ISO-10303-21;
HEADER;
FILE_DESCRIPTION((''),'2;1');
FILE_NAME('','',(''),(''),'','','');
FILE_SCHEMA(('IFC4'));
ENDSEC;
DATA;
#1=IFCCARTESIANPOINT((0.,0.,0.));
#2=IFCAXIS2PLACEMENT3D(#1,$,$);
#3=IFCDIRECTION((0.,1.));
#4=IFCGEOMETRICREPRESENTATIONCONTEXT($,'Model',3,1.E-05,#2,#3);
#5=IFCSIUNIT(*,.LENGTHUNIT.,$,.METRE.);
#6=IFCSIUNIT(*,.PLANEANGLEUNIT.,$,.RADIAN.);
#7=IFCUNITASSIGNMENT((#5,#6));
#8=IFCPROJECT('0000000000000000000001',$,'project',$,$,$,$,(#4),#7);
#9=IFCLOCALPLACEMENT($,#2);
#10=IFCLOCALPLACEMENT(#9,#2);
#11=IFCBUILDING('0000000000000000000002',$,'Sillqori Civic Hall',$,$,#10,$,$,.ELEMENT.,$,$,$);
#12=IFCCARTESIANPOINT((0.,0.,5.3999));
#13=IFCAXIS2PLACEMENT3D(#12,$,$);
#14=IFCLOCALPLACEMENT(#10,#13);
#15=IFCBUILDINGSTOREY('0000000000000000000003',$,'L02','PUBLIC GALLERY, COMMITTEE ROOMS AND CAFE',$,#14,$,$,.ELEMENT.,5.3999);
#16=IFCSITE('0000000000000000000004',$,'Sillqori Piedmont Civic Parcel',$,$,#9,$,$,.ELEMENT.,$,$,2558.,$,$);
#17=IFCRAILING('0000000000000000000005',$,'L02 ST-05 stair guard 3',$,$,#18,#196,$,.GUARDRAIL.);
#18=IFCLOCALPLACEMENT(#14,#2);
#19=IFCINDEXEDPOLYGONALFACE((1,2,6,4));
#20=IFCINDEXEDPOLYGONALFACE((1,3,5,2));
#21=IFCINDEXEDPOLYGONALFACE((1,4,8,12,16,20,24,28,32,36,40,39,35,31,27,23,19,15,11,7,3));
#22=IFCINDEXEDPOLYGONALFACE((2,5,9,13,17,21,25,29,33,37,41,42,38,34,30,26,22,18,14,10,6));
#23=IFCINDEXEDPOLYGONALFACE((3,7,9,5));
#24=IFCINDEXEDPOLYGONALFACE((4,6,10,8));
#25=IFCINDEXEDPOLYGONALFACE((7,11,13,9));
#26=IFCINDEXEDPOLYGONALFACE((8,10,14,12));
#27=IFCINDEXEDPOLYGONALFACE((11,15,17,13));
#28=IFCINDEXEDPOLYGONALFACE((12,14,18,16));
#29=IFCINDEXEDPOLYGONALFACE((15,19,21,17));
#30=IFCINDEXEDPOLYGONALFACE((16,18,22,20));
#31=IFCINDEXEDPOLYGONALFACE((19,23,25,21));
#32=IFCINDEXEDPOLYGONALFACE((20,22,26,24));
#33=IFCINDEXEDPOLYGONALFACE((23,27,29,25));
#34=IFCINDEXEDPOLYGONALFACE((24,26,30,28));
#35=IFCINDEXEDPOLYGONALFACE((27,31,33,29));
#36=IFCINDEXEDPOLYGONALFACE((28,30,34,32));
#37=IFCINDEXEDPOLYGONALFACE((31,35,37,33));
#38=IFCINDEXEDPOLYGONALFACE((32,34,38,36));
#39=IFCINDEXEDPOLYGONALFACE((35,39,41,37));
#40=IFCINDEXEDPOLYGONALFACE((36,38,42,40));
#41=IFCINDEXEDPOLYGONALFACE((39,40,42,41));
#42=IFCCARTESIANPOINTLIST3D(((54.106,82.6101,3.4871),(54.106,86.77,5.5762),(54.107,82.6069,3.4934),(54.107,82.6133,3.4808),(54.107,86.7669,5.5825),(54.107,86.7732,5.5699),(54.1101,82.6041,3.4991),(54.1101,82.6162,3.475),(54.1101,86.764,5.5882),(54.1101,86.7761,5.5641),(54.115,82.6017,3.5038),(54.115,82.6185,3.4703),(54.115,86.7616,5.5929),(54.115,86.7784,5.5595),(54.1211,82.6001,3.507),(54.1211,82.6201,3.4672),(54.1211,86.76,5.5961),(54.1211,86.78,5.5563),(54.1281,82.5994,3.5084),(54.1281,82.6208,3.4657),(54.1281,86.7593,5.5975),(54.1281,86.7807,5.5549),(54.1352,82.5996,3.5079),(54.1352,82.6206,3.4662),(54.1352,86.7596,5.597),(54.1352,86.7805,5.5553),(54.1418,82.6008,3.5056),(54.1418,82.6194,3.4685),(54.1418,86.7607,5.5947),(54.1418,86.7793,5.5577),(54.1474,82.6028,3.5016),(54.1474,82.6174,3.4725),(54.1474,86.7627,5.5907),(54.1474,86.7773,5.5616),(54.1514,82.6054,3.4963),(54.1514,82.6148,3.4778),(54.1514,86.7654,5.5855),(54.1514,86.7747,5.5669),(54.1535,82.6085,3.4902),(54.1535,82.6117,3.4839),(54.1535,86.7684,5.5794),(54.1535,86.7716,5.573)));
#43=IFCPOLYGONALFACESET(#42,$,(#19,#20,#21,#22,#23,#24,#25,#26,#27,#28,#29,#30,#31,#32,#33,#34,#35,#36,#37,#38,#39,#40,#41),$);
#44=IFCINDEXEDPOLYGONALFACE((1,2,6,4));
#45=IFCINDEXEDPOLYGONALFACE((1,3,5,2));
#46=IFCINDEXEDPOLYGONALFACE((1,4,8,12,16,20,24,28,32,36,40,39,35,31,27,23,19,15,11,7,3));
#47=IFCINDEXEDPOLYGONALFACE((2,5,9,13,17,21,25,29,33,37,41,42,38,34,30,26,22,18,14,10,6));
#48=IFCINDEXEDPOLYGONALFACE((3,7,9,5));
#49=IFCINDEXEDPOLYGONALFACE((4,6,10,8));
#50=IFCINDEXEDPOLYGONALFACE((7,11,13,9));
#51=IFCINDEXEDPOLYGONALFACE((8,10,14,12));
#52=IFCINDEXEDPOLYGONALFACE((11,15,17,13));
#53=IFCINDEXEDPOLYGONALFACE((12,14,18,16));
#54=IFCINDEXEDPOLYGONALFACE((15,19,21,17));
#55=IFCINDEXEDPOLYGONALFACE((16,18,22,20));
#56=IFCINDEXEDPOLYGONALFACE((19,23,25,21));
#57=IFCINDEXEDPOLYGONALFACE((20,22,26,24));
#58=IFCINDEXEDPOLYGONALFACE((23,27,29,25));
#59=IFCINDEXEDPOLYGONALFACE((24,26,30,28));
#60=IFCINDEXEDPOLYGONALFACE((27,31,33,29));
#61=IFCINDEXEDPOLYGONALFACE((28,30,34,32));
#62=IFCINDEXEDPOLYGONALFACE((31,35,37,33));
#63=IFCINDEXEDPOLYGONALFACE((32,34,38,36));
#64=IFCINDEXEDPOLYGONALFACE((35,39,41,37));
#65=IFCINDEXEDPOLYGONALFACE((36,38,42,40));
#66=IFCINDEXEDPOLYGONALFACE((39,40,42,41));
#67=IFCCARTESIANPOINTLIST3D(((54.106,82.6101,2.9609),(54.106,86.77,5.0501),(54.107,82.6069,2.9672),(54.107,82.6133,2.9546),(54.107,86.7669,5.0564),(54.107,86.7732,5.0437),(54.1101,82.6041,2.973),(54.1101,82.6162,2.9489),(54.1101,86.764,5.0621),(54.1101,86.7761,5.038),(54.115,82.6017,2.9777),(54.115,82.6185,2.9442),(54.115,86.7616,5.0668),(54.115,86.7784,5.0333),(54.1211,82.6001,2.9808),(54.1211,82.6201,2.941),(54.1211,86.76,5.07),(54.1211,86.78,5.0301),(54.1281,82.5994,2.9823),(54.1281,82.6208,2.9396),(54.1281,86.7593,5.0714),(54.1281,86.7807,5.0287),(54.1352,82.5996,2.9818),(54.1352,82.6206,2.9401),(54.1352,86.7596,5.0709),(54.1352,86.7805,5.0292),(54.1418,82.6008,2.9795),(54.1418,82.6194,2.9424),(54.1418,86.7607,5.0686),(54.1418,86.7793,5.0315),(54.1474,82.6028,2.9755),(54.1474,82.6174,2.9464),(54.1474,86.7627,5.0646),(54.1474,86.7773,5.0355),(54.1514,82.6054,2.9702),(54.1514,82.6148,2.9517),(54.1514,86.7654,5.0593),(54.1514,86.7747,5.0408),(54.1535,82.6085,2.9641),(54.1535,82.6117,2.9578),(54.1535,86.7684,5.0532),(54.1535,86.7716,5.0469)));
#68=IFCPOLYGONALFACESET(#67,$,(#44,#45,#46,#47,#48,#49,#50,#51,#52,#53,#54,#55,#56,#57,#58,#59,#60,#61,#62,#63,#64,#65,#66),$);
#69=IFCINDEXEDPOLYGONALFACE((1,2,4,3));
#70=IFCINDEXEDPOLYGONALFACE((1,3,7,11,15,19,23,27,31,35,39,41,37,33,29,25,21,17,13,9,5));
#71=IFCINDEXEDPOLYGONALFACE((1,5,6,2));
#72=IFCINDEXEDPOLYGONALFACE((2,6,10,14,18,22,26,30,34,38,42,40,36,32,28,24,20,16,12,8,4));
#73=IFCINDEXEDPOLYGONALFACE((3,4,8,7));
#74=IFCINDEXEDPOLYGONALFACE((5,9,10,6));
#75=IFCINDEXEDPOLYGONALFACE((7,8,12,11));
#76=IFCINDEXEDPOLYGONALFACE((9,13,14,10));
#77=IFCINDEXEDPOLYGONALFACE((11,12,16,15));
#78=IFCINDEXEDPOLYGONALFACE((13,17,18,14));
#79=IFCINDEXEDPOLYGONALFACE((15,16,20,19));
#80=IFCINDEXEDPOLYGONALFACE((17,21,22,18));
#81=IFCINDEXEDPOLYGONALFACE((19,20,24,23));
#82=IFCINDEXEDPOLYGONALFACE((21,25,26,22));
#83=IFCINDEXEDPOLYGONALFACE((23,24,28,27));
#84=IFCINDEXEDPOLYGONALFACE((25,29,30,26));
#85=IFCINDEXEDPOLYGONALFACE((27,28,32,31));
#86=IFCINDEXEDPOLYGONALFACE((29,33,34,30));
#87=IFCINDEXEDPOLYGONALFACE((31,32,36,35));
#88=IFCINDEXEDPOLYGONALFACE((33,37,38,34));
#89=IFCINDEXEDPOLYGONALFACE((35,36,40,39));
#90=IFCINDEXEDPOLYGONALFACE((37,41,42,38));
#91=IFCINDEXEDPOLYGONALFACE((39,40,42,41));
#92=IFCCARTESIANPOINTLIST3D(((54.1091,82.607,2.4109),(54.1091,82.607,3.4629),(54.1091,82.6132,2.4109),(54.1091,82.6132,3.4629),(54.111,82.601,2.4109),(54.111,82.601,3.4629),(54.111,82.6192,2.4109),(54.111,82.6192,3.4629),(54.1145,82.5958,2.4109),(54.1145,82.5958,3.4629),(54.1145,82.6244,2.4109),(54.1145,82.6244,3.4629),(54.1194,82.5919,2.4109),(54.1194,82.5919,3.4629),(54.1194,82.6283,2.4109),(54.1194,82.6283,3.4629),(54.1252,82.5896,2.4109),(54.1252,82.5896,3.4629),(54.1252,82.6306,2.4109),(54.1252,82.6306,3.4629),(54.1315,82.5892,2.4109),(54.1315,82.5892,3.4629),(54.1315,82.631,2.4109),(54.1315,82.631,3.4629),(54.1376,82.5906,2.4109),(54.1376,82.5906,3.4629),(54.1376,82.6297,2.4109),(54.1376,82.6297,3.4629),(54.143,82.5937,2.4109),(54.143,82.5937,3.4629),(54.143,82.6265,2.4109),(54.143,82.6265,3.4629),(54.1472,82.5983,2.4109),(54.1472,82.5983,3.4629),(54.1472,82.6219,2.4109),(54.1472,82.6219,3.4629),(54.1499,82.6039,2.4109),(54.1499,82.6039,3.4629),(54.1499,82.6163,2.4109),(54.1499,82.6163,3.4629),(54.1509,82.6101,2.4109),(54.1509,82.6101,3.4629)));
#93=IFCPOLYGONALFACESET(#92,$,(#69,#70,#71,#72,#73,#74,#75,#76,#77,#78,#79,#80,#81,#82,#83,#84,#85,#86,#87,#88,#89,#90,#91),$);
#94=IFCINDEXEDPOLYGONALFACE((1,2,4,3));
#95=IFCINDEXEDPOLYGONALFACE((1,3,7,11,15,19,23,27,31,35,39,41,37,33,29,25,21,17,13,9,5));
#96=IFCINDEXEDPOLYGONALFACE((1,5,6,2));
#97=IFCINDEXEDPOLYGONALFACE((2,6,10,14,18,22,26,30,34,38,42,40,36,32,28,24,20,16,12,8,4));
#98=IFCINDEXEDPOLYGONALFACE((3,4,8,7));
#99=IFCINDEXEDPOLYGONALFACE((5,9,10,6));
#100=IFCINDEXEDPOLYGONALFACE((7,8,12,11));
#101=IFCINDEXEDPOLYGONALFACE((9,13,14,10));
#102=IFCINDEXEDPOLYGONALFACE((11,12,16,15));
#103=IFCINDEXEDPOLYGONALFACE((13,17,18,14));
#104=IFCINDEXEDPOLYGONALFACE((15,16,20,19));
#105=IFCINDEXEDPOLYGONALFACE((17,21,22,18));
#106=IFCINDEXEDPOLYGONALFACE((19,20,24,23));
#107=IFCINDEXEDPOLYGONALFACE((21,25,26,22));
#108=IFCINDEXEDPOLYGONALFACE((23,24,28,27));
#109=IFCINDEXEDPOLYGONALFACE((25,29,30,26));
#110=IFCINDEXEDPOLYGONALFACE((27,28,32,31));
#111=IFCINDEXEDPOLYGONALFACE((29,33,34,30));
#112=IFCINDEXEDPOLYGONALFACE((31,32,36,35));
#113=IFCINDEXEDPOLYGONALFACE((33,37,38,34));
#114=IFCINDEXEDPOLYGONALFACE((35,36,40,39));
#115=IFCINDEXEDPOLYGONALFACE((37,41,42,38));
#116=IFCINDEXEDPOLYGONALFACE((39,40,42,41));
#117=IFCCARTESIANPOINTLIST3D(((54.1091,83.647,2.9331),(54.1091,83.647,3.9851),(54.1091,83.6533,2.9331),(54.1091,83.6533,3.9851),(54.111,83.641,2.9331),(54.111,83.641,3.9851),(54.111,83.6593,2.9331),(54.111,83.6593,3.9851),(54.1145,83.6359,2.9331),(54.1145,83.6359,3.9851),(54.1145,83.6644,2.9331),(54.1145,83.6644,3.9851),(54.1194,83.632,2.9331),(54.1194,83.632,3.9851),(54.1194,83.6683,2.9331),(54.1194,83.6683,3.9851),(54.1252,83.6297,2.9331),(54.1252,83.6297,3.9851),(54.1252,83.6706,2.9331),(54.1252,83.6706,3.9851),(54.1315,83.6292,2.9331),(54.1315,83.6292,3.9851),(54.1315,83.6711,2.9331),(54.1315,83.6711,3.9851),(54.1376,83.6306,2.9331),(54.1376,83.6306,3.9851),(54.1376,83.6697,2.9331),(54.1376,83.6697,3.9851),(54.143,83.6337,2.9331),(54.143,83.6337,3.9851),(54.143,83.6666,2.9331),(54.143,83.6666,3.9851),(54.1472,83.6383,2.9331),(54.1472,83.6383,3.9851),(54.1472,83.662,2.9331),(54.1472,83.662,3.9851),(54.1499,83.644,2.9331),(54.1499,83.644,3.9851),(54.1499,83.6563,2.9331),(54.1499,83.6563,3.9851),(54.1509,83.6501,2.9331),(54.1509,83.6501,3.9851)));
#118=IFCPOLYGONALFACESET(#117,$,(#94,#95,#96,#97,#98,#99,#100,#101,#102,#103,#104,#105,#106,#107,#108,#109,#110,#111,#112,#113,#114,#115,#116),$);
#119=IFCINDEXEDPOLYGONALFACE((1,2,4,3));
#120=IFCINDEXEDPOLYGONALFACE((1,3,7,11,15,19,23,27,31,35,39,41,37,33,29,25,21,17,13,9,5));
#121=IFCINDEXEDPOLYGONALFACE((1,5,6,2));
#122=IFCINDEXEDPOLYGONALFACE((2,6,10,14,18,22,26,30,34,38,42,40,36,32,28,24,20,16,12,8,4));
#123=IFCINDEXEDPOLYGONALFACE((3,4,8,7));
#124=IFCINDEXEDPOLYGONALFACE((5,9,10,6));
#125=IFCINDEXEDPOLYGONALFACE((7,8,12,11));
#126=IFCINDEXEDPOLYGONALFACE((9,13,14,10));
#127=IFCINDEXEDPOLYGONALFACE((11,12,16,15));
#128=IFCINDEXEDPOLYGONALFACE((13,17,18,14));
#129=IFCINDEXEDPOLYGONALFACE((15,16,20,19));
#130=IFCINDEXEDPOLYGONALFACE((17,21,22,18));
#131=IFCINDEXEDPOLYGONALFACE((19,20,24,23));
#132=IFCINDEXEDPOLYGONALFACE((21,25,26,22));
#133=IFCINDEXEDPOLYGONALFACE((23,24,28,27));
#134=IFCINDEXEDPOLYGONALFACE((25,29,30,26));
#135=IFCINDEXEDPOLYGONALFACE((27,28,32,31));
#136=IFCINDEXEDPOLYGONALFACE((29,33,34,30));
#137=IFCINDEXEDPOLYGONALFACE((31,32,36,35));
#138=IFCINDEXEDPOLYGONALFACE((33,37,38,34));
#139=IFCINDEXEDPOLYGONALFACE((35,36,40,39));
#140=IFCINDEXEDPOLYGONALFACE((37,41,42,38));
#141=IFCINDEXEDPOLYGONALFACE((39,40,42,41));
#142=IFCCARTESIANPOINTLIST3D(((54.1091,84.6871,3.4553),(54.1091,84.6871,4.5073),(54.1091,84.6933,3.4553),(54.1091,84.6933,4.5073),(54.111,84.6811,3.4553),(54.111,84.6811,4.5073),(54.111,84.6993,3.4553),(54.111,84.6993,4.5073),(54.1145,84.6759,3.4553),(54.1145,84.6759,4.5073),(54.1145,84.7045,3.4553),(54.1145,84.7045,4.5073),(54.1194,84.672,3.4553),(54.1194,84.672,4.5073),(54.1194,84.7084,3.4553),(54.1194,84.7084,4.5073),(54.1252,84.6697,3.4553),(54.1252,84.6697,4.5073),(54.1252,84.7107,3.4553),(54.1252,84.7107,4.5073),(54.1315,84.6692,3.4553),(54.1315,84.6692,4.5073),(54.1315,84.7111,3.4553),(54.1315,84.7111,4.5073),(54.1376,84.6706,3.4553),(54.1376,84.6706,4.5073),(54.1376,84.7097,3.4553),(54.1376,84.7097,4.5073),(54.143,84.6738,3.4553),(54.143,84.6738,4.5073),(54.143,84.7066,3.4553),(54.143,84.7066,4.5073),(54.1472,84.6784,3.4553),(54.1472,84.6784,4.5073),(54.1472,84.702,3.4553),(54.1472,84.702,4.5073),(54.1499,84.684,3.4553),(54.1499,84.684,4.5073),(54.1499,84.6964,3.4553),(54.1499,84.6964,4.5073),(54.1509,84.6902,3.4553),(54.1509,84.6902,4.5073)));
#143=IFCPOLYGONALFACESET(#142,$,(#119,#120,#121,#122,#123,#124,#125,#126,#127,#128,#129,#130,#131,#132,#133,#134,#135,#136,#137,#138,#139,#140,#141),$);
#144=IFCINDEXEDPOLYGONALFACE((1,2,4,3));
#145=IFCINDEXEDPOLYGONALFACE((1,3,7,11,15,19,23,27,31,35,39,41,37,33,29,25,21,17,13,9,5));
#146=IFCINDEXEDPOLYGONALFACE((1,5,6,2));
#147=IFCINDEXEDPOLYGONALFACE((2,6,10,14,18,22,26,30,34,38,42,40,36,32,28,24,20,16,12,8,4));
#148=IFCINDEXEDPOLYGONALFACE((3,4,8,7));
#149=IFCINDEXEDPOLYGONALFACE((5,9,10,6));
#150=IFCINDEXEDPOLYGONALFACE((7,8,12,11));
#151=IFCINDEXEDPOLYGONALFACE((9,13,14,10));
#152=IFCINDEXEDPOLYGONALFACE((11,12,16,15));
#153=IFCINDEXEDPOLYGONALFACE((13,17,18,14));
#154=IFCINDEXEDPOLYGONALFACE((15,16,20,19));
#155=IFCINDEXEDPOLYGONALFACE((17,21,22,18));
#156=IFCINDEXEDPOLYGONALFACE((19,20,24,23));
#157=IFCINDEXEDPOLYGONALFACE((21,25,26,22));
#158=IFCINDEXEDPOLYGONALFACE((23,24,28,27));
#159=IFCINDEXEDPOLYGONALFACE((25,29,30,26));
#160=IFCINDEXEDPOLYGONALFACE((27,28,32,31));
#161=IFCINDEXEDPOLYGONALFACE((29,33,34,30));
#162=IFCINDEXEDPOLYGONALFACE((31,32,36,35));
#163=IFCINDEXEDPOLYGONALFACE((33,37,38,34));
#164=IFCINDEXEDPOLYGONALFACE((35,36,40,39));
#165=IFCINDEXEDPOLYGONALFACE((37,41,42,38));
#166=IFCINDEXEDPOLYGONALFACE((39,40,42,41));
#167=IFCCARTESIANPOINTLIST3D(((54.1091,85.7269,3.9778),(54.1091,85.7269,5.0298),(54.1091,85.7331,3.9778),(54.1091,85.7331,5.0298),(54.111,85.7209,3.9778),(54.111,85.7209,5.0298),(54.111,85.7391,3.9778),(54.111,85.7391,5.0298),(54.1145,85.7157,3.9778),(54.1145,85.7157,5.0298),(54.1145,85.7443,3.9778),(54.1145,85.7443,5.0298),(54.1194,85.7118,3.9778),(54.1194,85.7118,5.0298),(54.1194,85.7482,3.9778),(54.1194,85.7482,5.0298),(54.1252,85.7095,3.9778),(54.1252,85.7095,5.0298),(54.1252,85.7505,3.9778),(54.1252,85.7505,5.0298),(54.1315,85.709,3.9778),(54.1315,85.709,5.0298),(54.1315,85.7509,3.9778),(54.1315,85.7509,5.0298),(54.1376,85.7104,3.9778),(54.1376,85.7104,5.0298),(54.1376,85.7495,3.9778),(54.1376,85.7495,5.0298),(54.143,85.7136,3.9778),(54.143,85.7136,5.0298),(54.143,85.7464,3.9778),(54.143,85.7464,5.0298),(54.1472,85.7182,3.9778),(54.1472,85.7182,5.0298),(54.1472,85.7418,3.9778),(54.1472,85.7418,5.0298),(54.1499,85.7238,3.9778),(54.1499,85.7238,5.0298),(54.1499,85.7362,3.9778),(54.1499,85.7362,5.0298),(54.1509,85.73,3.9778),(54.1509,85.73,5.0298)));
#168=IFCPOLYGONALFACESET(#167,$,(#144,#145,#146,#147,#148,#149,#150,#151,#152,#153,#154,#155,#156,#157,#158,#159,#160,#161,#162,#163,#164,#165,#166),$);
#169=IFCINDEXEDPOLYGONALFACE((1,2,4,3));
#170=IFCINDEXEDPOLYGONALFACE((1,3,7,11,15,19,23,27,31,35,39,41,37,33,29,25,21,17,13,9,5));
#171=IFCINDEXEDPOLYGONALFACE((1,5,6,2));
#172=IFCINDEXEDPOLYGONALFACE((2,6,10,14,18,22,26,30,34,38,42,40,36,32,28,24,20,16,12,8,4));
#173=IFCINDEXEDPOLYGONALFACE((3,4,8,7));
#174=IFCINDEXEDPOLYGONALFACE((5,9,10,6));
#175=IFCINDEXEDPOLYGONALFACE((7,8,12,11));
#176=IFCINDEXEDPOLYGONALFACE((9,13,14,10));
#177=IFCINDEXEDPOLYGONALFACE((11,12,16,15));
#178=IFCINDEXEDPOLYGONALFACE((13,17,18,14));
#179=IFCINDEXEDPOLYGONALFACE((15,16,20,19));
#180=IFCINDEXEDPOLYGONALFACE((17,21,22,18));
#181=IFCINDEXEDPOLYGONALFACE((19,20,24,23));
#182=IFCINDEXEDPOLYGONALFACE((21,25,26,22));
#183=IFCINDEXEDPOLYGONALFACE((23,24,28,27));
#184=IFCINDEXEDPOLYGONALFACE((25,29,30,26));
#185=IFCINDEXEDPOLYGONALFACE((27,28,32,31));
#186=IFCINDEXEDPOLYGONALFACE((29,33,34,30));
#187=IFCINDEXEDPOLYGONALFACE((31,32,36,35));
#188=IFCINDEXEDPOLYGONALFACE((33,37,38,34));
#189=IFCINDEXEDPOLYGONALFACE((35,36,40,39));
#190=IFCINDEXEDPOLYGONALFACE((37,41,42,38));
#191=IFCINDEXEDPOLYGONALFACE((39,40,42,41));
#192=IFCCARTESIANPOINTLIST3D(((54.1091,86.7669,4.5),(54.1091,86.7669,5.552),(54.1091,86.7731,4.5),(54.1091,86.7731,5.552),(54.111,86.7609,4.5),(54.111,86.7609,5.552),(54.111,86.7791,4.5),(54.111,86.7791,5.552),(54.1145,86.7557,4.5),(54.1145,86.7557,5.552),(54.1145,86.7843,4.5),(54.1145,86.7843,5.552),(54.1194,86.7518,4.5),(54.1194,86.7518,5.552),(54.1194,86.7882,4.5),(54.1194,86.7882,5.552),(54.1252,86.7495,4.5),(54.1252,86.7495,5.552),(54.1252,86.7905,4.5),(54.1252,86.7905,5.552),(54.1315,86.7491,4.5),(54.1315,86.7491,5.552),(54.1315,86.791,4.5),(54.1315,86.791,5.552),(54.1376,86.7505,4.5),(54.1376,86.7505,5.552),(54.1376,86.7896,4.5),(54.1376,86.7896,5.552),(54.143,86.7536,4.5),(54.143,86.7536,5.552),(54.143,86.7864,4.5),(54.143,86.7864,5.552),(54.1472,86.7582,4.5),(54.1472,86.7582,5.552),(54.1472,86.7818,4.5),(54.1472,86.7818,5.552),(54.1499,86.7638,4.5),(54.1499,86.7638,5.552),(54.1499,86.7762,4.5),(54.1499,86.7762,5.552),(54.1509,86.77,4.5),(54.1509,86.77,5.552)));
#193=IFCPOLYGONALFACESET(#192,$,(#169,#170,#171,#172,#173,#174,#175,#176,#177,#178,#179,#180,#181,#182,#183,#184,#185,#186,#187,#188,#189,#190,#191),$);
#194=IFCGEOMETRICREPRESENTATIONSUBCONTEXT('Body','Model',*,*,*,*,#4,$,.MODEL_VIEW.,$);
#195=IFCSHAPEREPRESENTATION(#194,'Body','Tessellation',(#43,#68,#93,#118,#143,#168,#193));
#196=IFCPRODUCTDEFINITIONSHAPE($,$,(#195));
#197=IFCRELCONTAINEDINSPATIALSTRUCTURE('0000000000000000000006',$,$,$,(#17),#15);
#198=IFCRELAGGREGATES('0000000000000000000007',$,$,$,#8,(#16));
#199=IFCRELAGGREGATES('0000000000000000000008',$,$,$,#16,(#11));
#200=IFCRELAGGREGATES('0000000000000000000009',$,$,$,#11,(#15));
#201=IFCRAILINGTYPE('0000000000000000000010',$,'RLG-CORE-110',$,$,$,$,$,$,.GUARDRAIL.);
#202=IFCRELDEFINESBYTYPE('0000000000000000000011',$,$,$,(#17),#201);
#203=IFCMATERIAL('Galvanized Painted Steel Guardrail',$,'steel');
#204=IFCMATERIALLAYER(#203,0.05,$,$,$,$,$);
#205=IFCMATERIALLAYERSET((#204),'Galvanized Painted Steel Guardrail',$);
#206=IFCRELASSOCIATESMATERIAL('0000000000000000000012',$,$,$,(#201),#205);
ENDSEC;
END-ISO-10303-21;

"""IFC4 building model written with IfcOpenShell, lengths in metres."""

from ifc_helpers import new_model, si_unit, direction, frame, origin, origin_2d, place, context, subcontext, project, spatial, circle, extrude, material, layer, layer_set, type_object, element, save


model = new_model("IFC4")

# Units and contexts
model_context = context("Model", 3, precision=1e-05, world=origin(), true_north=direction((0.0, 1.0)))
body_context = subcontext(model_context, "Body", "Model", "MODEL_VIEW")
ifc_project = project(units=[si_unit("LENGTHUNIT", "METRE"), si_unit("PLANEANGLEUNIT", "RADIAN")], contexts=[model_context])

# Site, building, storey
site_placement = place(None, origin())
site = spatial("IfcSite", under=ifc_project, at=site_placement, Name="Sillqori Piedmont Civic Parcel", CompositionType="ELEMENT", RefElevation=2558.0)
building_placement = place(site_placement, origin())
building = spatial("IfcBuilding", under=site, at=building_placement, Name="Sillqori Civic Hall", CompositionType="ELEMENT")
storey_placement = place(building_placement, frame((0.0, 0.0, 5.3999)))
storey = spatial("IfcBuildingStorey", under=building, at=storey_placement, Name="L02", Description="PUBLIC GALLERY, COMMITTEE ROOMS AND CAFE", CompositionType="ELEMENT", Elevation=5.3999)

# Railing
ifc_material_1 = material(Name="Galvanized Painted Steel Guardrail", Category="steel")
ifc_layer_1 = layer(ifc_material_1, 0.05)
ifc_layer_set_1 = layer_set([ifc_layer_1], Name="Galvanized Painted Steel Guardrail")
railing_type_1 = type_object("IfcRailingType", Name="RLG-CORE-110", PredefinedType="GUARDRAIL", material=ifc_layer_set_1)
railing_1_placement = place(storey_placement, frame((54.1299, 82.6101, 2.4109)))
element("IfcRailing", 1, at=railing_1_placement, inside=storey, type_object=railing_type_1, Name="L02 ST-05 stair guard 3", PredefinedType="GUARDRAIL", context=body_context, shape_type="SweptSolid", body=[
    extrude(circle(Radius=0.0239, at=origin_2d()), frame((0.0, 0.0, 1.0762), z_axis=(0.0, 0.893639, 0.448786), x_axis=(-1.0, 0.0, 0.0)), (0.0, 0.0, 1.0), 4.655),
    extrude(circle(Radius=0.0239, at=origin_2d()), frame((0.0, 0.0, 0.55), z_axis=(0.0, 0.893639, 0.448786), x_axis=(-1.0, 0.0, 0.0)), (0.0, 0.0, 1.0), 4.655),
    extrude(circle(Radius=0.021, at=origin_2d()), origin(), (0.0, 0.0, 1.0), 1.052),
    extrude(circle(Radius=0.021, at=origin_2d()), frame((0.0, 1.04, 0.5222)), (0.0, 0.0, 1.0), 1.052),
    extrude(circle(Radius=0.021, at=origin_2d()), frame((0.0, 2.0801, 1.0444)), (0.0, 0.0, 1.0), 1.052),
    extrude(circle(Radius=0.021, at=origin_2d()), frame((0.0, 3.1199, 1.5669)), (0.0, 0.0, 1.0), 1.052),
    extrude(circle(Radius=0.021, at=origin_2d()), frame((0.0, 4.1599, 2.0891)), (0.0, 0.0, 1.0), 1.052),
])

save(model, "model.ifc")
